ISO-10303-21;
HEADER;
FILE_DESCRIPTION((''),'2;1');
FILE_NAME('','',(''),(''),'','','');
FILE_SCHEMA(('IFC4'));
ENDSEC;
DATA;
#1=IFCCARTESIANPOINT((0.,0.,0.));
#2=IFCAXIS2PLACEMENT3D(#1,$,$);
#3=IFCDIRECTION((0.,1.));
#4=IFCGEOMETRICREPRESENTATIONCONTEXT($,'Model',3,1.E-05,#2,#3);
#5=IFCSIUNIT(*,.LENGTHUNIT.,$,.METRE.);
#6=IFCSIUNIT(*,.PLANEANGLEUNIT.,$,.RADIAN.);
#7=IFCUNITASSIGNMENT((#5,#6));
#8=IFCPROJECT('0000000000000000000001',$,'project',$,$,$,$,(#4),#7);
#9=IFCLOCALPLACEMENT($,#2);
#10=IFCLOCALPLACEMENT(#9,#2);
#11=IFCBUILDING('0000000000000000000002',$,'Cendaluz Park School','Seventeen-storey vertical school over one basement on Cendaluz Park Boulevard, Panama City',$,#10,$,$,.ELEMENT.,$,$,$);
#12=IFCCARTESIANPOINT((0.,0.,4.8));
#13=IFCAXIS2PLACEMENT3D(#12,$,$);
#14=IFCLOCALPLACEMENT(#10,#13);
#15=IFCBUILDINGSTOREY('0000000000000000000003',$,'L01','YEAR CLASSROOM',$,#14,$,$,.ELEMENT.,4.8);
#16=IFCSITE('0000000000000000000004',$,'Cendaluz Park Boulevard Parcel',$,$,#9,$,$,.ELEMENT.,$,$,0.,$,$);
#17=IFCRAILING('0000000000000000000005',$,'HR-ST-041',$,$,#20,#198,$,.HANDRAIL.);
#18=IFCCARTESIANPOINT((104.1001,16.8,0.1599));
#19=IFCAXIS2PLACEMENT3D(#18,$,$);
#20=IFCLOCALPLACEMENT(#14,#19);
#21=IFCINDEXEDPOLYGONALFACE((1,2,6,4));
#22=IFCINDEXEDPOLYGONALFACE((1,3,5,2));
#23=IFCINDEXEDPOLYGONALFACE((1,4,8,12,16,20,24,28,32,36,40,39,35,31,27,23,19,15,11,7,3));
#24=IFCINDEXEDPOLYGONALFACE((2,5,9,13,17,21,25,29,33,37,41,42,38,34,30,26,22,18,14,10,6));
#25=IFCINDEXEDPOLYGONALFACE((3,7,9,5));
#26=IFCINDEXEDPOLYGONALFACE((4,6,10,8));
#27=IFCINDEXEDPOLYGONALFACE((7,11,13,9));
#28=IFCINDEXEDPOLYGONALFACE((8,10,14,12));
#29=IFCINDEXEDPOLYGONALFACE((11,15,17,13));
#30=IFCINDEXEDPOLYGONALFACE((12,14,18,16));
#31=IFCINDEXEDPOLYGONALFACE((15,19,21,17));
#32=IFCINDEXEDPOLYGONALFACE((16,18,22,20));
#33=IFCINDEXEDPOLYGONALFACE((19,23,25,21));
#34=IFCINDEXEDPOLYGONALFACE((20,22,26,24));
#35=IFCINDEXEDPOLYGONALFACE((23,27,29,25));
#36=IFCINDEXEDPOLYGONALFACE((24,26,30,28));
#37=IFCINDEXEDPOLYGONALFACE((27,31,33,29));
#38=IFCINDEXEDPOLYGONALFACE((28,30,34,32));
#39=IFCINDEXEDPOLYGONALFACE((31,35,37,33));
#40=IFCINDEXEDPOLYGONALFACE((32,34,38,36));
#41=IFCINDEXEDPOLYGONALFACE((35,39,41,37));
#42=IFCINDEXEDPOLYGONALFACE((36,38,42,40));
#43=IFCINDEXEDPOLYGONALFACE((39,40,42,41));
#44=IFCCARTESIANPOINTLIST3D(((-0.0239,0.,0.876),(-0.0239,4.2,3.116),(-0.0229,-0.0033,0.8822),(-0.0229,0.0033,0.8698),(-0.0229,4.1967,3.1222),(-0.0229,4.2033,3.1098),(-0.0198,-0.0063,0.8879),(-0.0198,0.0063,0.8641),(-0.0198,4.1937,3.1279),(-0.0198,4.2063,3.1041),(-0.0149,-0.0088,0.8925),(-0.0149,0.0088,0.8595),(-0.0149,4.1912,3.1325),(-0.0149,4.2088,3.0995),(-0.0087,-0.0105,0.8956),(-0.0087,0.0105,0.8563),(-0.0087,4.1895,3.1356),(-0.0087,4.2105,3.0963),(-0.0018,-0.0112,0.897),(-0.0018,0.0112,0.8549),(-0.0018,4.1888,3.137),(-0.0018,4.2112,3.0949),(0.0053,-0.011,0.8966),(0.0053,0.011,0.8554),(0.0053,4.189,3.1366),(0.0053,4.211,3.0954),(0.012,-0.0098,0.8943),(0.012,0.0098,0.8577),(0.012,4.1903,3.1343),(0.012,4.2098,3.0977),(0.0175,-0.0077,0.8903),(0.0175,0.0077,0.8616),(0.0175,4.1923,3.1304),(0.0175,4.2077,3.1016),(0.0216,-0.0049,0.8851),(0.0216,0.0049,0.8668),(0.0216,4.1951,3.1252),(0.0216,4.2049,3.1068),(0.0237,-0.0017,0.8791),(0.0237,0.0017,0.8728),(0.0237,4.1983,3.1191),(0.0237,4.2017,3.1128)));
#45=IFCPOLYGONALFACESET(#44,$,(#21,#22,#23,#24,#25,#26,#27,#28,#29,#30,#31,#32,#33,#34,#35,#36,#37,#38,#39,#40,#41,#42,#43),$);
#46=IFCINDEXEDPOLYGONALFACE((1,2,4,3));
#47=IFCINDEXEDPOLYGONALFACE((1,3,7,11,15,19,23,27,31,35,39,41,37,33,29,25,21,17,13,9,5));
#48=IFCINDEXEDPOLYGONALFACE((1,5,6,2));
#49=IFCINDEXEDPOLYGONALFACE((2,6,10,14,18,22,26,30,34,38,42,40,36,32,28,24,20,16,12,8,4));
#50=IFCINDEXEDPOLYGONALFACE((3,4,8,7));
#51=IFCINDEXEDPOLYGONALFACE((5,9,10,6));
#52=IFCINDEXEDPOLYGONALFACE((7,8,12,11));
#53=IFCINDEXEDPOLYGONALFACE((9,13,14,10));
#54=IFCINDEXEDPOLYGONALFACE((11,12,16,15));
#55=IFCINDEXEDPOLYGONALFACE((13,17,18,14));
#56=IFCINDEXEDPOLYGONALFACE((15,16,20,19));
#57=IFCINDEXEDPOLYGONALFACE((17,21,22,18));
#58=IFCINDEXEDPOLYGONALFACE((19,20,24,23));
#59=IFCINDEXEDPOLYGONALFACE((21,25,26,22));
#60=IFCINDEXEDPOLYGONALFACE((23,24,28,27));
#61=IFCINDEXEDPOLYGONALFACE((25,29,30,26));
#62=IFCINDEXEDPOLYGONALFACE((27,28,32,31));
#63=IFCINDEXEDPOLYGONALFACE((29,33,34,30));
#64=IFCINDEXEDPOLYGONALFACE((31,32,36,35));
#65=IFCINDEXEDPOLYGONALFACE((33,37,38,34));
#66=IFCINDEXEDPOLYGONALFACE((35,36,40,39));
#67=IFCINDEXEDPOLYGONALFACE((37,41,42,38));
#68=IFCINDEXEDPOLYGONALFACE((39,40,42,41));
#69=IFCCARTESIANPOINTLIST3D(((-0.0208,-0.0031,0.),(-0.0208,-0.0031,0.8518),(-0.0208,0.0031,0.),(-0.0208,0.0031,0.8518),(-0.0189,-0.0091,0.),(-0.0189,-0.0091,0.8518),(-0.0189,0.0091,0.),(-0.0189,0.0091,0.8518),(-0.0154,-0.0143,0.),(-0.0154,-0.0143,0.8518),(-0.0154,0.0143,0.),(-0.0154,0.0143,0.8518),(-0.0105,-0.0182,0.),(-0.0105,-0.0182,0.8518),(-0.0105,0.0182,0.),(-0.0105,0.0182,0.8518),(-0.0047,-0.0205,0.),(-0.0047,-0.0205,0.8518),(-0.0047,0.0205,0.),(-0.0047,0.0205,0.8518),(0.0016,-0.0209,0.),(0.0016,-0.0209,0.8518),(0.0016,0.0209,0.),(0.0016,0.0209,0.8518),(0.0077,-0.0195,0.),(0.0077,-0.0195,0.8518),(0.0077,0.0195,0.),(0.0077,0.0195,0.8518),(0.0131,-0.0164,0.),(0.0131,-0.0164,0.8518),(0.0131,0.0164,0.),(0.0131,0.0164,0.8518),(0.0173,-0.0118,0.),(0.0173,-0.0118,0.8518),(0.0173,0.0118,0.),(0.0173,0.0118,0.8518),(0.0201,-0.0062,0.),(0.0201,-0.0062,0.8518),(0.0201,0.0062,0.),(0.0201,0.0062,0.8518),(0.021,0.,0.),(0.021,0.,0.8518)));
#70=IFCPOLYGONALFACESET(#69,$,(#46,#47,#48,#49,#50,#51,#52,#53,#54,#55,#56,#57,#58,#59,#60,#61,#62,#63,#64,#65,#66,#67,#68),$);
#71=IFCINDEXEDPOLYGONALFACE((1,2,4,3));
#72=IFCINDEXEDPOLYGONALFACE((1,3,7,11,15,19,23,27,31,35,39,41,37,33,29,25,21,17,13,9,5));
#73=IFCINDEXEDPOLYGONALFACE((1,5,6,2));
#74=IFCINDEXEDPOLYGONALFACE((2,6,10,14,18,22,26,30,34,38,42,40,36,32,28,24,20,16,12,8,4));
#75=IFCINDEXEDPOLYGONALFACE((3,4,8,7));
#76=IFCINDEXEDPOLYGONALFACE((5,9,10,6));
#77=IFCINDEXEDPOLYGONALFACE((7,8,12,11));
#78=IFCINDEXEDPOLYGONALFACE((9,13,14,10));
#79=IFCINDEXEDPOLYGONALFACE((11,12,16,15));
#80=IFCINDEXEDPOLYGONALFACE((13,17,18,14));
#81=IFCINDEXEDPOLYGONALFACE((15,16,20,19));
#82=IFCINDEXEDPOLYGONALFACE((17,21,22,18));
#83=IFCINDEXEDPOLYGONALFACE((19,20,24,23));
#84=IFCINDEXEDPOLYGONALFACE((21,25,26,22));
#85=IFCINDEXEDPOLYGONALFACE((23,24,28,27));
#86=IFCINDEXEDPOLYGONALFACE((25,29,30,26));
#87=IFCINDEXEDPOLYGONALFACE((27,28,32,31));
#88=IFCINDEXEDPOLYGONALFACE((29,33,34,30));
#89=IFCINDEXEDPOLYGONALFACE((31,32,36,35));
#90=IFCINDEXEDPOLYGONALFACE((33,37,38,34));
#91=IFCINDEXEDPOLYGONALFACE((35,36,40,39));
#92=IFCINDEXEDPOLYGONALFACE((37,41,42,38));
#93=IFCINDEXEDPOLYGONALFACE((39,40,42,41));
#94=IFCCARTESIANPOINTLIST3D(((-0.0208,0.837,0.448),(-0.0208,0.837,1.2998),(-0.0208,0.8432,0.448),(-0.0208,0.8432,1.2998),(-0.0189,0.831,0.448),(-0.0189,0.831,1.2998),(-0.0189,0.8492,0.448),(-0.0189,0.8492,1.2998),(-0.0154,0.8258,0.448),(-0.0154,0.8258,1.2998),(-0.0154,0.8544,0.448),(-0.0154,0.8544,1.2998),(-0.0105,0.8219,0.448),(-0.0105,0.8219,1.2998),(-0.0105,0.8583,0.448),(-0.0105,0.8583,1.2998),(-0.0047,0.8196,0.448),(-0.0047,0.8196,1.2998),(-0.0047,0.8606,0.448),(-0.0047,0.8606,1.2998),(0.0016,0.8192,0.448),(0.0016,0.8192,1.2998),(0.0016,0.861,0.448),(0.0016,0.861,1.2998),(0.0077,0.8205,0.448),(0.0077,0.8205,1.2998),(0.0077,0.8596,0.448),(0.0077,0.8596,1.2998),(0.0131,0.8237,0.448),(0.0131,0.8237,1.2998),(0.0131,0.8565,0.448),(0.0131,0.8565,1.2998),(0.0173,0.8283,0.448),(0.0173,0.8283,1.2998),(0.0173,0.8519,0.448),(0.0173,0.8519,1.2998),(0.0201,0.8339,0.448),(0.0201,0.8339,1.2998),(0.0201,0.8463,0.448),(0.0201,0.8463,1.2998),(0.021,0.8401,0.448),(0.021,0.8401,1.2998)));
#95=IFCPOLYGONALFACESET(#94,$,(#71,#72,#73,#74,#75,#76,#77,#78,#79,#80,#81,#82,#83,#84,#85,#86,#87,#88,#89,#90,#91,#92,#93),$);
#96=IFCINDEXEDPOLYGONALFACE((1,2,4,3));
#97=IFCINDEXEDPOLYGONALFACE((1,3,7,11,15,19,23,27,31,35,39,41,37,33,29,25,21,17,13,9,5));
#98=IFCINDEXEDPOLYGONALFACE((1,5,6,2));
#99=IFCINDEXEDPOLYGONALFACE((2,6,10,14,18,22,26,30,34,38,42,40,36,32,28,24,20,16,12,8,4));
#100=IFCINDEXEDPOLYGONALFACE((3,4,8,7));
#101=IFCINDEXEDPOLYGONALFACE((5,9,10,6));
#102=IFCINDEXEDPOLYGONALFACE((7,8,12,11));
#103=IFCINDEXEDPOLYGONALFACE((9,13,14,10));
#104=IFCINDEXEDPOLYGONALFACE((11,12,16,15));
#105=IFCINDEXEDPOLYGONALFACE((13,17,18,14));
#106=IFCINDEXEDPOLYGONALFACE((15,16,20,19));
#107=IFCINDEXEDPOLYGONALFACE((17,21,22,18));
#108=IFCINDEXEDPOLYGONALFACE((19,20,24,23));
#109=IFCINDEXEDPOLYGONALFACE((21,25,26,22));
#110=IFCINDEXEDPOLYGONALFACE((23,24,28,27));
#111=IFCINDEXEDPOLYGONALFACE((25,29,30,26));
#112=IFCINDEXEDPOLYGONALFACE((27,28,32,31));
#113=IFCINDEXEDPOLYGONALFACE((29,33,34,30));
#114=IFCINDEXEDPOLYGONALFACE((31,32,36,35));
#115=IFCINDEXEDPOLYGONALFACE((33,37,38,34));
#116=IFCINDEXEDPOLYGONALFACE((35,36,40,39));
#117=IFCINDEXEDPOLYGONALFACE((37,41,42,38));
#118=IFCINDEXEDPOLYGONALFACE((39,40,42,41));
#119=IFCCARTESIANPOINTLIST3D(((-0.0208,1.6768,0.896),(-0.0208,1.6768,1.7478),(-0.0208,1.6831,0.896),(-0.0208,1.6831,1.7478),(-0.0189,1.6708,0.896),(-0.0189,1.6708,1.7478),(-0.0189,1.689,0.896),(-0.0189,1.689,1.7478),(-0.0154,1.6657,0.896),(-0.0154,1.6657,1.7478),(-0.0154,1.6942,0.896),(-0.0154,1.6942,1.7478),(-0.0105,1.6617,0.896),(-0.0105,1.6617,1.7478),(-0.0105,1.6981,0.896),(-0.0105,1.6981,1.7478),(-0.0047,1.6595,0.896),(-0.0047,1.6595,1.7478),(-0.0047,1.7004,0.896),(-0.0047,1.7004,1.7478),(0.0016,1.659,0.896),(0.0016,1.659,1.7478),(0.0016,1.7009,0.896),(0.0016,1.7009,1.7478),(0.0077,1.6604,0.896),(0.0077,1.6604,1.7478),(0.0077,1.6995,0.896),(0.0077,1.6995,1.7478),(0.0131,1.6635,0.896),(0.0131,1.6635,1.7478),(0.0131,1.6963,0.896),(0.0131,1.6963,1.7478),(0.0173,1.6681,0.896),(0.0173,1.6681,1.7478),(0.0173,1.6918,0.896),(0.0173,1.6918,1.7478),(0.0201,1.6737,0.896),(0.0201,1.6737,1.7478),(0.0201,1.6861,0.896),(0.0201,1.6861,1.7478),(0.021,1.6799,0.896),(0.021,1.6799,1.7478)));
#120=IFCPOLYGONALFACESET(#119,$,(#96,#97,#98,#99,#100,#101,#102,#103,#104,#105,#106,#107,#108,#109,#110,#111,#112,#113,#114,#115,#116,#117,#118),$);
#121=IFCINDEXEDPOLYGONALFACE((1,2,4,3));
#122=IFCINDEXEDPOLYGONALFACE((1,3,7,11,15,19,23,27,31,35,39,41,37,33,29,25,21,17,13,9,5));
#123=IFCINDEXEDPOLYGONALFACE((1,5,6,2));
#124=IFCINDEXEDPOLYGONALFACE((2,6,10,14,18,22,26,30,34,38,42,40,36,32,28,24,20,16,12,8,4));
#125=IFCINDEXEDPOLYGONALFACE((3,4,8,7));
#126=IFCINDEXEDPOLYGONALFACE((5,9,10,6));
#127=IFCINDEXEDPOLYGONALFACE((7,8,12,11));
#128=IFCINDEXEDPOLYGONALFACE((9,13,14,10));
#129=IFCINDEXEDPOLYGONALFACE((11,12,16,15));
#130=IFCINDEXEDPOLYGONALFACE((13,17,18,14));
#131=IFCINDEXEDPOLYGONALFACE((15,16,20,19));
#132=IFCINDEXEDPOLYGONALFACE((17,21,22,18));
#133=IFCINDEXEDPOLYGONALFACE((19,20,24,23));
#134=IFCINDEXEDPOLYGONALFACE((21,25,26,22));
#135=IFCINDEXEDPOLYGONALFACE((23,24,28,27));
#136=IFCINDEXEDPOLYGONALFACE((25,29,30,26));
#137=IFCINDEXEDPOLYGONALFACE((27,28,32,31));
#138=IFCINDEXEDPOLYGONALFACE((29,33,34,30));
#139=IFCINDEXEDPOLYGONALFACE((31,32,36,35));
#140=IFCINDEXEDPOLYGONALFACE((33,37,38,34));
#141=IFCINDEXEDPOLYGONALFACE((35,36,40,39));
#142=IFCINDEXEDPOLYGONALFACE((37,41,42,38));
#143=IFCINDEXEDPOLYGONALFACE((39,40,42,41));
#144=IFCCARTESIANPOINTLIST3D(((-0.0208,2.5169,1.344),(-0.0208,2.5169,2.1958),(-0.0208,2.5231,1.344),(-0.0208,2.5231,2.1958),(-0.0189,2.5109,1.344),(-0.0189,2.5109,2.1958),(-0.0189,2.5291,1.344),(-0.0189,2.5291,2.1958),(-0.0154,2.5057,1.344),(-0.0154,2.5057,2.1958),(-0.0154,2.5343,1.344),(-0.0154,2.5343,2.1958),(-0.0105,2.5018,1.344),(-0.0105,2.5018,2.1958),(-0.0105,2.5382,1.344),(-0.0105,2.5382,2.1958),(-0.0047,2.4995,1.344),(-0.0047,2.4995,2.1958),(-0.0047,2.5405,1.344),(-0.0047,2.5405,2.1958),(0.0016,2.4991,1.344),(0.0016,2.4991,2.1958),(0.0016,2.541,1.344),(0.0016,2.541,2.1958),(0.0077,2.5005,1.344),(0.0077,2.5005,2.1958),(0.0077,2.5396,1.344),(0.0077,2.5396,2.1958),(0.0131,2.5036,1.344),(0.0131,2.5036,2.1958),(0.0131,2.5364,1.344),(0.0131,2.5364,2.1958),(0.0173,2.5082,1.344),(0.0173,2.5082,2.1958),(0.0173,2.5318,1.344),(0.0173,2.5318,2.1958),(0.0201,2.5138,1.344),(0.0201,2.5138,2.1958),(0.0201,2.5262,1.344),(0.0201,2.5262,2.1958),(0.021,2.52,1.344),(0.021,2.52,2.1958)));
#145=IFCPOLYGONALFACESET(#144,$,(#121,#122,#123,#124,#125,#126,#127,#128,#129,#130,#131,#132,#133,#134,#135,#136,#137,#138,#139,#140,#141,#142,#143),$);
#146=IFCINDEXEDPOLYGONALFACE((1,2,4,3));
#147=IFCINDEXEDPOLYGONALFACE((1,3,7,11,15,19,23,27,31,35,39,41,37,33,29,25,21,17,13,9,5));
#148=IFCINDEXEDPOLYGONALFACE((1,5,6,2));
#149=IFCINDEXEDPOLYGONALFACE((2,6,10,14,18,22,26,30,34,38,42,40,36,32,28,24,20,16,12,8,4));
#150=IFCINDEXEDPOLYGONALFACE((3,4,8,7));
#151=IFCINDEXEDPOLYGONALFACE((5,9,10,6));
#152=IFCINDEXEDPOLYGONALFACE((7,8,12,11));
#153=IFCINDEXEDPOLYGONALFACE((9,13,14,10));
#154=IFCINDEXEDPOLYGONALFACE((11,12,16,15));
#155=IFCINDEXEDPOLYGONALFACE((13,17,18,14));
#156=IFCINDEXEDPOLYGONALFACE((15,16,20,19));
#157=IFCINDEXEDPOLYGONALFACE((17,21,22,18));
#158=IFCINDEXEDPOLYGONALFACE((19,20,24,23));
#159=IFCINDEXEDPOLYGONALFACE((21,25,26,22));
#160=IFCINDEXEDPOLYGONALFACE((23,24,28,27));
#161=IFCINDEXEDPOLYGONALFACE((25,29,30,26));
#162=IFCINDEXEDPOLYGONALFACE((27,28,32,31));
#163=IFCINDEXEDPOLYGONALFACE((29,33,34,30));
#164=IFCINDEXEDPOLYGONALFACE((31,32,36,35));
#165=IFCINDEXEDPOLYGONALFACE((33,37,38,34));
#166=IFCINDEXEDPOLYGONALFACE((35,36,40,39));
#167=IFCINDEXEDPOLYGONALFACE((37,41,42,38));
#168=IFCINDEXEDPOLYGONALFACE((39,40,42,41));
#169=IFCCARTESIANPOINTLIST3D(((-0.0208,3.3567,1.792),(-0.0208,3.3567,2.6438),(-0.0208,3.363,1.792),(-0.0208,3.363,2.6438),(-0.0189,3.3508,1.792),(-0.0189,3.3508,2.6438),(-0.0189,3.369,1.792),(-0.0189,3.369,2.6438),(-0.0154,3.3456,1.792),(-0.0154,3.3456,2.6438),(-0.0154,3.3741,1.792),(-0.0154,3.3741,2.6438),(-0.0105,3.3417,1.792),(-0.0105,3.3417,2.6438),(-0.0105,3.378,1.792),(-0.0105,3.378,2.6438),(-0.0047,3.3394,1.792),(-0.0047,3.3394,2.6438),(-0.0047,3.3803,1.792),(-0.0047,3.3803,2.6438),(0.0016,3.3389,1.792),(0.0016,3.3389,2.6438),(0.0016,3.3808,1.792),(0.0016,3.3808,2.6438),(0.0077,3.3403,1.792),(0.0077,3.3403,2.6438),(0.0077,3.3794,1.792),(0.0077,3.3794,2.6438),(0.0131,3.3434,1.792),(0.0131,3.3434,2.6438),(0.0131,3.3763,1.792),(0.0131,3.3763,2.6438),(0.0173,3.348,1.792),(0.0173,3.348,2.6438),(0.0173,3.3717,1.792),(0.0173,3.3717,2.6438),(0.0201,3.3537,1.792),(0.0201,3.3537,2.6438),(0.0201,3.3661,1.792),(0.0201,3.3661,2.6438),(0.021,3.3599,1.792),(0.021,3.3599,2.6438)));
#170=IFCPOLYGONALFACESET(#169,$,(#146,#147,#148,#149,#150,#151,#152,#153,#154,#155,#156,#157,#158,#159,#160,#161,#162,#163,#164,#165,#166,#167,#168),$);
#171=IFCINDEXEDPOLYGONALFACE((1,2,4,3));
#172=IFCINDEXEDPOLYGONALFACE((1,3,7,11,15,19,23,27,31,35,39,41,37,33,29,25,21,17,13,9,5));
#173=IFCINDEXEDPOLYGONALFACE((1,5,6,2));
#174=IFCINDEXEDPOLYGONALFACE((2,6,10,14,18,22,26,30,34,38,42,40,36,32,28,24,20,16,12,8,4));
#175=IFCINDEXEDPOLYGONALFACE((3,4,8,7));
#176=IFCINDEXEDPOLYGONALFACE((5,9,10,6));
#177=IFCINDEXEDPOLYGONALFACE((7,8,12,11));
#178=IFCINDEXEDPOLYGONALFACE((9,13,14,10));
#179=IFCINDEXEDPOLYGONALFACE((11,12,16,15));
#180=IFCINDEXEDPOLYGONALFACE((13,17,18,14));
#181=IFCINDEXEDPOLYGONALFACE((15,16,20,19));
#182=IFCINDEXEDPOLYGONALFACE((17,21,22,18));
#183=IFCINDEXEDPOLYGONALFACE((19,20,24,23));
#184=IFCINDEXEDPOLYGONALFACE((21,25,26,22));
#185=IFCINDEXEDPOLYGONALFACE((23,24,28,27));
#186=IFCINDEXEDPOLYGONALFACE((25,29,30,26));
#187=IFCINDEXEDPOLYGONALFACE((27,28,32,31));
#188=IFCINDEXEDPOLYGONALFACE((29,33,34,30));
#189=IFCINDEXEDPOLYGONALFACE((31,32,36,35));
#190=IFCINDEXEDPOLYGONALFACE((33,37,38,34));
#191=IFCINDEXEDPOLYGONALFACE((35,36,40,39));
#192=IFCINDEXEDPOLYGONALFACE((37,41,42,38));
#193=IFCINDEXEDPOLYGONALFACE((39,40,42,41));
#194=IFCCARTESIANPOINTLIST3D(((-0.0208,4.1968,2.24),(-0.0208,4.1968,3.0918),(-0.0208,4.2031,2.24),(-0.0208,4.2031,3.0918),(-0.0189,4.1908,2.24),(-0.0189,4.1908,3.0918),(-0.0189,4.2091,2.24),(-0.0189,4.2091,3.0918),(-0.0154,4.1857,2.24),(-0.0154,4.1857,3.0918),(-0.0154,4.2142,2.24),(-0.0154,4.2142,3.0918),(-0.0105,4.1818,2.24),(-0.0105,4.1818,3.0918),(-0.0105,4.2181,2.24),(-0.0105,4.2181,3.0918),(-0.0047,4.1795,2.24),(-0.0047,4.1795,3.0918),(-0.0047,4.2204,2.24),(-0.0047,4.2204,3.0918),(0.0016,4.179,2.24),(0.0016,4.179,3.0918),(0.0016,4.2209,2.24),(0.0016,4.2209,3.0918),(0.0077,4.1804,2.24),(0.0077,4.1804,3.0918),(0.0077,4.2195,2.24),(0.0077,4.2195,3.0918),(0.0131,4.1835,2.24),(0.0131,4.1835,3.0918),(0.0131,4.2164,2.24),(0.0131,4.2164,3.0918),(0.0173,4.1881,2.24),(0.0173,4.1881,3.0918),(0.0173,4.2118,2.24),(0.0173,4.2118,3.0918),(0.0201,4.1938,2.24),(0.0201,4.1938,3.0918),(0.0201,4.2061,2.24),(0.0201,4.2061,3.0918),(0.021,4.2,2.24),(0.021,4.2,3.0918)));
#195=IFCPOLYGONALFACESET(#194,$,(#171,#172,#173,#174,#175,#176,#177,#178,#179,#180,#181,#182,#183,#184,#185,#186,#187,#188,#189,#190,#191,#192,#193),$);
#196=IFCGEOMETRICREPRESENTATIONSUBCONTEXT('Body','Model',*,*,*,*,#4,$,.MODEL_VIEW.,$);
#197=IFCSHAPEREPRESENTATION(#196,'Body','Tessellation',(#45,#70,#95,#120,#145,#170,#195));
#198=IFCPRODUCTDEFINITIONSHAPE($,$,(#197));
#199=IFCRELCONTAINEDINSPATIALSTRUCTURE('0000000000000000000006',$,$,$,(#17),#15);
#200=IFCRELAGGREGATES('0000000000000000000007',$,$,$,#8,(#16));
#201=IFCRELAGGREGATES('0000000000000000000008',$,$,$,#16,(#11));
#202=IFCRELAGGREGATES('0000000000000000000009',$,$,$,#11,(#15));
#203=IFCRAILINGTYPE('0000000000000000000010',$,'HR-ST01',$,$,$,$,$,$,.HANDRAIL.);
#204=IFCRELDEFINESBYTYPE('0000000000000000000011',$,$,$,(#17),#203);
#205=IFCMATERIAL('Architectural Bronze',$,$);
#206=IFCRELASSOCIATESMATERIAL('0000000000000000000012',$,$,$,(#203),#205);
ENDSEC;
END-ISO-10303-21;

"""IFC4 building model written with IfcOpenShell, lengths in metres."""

from ifc_helpers import new_model, si_unit, direction, frame, origin, origin_2d, place, context, subcontext, project, spatial, circle, extrude, material, type_object, element, save


model = new_model("IFC4")

# Units and contexts
model_context = context("Model", 3, precision=1e-05, world=origin(), true_north=direction((0.0, 1.0)))
body_context = subcontext(model_context, "Body", "Model", "MODEL_VIEW")
ifc_project = project(units=[si_unit("LENGTHUNIT", "METRE"), si_unit("PLANEANGLEUNIT", "RADIAN")], contexts=[model_context])

# Site, building, storey
site_placement = place(None, origin())
site = spatial("IfcSite", under=ifc_project, at=site_placement, Name="Cendaluz Park Boulevard Parcel", CompositionType="ELEMENT", RefElevation=0.0)
building_placement = place(site_placement, origin())
building = spatial("IfcBuilding", under=site, at=building_placement, Name="Cendaluz Park School", Description="Seventeen-storey vertical school over one basement on Cendaluz Park Boulevard, Panama City", CompositionType="ELEMENT")
storey_placement = place(building_placement, frame((0.0, 0.0, 4.8)))
storey = spatial("IfcBuildingStorey", under=building, at=storey_placement, Name="L01", Description="YEAR CLASSROOM", CompositionType="ELEMENT", Elevation=4.8)

# Railing
ifc_material_1 = material(Name="Architectural Bronze")
railing_type_1 = type_object("IfcRailingType", Name="HR-ST01", PredefinedType="HANDRAIL", material=ifc_material_1)
railing_1_placement = place(storey_placement, frame((104.1001, 16.8, 0.1599)))
element("IfcRailing", 1, at=railing_1_placement, inside=storey, type_object=railing_type_1, Name="HR-ST-041", PredefinedType="HANDRAIL", context=body_context, shape_type="SweptSolid", body=[
    extrude(circle(Radius=0.0239, at=origin_2d()), frame((0.0, 0.0, 0.876), z_axis=(0.0, 0.882352, 0.470591), x_axis=(-1.0, 0.0, 0.0)), (0.0, 0.0, 1.0), 4.76),
    extrude(circle(Radius=0.021, at=origin_2d()), origin(), (0.0, 0.0, 1.0), 0.8518),
    extrude(circle(Radius=0.021, at=origin_2d()), frame((0.0, 0.8401, 0.448)), (0.0, 0.0, 1.0), 0.8518),
    extrude(circle(Radius=0.021, at=origin_2d()), frame((0.0, 1.6799, 0.896)), (0.0, 0.0, 1.0), 0.8518),
    extrude(circle(Radius=0.021, at=origin_2d()), frame((0.0, 2.52, 1.344)), (0.0, 0.0, 1.0), 0.8518),
    extrude(circle(Radius=0.021, at=origin_2d()), frame((0.0, 3.3599, 1.792)), (0.0, 0.0, 1.0), 0.8518),
    extrude(circle(Radius=0.021, at=origin_2d()), frame((0.0, 4.2, 2.24)), (0.0, 0.0, 1.0), 0.8518),
])

save(model, "model.ifc")
